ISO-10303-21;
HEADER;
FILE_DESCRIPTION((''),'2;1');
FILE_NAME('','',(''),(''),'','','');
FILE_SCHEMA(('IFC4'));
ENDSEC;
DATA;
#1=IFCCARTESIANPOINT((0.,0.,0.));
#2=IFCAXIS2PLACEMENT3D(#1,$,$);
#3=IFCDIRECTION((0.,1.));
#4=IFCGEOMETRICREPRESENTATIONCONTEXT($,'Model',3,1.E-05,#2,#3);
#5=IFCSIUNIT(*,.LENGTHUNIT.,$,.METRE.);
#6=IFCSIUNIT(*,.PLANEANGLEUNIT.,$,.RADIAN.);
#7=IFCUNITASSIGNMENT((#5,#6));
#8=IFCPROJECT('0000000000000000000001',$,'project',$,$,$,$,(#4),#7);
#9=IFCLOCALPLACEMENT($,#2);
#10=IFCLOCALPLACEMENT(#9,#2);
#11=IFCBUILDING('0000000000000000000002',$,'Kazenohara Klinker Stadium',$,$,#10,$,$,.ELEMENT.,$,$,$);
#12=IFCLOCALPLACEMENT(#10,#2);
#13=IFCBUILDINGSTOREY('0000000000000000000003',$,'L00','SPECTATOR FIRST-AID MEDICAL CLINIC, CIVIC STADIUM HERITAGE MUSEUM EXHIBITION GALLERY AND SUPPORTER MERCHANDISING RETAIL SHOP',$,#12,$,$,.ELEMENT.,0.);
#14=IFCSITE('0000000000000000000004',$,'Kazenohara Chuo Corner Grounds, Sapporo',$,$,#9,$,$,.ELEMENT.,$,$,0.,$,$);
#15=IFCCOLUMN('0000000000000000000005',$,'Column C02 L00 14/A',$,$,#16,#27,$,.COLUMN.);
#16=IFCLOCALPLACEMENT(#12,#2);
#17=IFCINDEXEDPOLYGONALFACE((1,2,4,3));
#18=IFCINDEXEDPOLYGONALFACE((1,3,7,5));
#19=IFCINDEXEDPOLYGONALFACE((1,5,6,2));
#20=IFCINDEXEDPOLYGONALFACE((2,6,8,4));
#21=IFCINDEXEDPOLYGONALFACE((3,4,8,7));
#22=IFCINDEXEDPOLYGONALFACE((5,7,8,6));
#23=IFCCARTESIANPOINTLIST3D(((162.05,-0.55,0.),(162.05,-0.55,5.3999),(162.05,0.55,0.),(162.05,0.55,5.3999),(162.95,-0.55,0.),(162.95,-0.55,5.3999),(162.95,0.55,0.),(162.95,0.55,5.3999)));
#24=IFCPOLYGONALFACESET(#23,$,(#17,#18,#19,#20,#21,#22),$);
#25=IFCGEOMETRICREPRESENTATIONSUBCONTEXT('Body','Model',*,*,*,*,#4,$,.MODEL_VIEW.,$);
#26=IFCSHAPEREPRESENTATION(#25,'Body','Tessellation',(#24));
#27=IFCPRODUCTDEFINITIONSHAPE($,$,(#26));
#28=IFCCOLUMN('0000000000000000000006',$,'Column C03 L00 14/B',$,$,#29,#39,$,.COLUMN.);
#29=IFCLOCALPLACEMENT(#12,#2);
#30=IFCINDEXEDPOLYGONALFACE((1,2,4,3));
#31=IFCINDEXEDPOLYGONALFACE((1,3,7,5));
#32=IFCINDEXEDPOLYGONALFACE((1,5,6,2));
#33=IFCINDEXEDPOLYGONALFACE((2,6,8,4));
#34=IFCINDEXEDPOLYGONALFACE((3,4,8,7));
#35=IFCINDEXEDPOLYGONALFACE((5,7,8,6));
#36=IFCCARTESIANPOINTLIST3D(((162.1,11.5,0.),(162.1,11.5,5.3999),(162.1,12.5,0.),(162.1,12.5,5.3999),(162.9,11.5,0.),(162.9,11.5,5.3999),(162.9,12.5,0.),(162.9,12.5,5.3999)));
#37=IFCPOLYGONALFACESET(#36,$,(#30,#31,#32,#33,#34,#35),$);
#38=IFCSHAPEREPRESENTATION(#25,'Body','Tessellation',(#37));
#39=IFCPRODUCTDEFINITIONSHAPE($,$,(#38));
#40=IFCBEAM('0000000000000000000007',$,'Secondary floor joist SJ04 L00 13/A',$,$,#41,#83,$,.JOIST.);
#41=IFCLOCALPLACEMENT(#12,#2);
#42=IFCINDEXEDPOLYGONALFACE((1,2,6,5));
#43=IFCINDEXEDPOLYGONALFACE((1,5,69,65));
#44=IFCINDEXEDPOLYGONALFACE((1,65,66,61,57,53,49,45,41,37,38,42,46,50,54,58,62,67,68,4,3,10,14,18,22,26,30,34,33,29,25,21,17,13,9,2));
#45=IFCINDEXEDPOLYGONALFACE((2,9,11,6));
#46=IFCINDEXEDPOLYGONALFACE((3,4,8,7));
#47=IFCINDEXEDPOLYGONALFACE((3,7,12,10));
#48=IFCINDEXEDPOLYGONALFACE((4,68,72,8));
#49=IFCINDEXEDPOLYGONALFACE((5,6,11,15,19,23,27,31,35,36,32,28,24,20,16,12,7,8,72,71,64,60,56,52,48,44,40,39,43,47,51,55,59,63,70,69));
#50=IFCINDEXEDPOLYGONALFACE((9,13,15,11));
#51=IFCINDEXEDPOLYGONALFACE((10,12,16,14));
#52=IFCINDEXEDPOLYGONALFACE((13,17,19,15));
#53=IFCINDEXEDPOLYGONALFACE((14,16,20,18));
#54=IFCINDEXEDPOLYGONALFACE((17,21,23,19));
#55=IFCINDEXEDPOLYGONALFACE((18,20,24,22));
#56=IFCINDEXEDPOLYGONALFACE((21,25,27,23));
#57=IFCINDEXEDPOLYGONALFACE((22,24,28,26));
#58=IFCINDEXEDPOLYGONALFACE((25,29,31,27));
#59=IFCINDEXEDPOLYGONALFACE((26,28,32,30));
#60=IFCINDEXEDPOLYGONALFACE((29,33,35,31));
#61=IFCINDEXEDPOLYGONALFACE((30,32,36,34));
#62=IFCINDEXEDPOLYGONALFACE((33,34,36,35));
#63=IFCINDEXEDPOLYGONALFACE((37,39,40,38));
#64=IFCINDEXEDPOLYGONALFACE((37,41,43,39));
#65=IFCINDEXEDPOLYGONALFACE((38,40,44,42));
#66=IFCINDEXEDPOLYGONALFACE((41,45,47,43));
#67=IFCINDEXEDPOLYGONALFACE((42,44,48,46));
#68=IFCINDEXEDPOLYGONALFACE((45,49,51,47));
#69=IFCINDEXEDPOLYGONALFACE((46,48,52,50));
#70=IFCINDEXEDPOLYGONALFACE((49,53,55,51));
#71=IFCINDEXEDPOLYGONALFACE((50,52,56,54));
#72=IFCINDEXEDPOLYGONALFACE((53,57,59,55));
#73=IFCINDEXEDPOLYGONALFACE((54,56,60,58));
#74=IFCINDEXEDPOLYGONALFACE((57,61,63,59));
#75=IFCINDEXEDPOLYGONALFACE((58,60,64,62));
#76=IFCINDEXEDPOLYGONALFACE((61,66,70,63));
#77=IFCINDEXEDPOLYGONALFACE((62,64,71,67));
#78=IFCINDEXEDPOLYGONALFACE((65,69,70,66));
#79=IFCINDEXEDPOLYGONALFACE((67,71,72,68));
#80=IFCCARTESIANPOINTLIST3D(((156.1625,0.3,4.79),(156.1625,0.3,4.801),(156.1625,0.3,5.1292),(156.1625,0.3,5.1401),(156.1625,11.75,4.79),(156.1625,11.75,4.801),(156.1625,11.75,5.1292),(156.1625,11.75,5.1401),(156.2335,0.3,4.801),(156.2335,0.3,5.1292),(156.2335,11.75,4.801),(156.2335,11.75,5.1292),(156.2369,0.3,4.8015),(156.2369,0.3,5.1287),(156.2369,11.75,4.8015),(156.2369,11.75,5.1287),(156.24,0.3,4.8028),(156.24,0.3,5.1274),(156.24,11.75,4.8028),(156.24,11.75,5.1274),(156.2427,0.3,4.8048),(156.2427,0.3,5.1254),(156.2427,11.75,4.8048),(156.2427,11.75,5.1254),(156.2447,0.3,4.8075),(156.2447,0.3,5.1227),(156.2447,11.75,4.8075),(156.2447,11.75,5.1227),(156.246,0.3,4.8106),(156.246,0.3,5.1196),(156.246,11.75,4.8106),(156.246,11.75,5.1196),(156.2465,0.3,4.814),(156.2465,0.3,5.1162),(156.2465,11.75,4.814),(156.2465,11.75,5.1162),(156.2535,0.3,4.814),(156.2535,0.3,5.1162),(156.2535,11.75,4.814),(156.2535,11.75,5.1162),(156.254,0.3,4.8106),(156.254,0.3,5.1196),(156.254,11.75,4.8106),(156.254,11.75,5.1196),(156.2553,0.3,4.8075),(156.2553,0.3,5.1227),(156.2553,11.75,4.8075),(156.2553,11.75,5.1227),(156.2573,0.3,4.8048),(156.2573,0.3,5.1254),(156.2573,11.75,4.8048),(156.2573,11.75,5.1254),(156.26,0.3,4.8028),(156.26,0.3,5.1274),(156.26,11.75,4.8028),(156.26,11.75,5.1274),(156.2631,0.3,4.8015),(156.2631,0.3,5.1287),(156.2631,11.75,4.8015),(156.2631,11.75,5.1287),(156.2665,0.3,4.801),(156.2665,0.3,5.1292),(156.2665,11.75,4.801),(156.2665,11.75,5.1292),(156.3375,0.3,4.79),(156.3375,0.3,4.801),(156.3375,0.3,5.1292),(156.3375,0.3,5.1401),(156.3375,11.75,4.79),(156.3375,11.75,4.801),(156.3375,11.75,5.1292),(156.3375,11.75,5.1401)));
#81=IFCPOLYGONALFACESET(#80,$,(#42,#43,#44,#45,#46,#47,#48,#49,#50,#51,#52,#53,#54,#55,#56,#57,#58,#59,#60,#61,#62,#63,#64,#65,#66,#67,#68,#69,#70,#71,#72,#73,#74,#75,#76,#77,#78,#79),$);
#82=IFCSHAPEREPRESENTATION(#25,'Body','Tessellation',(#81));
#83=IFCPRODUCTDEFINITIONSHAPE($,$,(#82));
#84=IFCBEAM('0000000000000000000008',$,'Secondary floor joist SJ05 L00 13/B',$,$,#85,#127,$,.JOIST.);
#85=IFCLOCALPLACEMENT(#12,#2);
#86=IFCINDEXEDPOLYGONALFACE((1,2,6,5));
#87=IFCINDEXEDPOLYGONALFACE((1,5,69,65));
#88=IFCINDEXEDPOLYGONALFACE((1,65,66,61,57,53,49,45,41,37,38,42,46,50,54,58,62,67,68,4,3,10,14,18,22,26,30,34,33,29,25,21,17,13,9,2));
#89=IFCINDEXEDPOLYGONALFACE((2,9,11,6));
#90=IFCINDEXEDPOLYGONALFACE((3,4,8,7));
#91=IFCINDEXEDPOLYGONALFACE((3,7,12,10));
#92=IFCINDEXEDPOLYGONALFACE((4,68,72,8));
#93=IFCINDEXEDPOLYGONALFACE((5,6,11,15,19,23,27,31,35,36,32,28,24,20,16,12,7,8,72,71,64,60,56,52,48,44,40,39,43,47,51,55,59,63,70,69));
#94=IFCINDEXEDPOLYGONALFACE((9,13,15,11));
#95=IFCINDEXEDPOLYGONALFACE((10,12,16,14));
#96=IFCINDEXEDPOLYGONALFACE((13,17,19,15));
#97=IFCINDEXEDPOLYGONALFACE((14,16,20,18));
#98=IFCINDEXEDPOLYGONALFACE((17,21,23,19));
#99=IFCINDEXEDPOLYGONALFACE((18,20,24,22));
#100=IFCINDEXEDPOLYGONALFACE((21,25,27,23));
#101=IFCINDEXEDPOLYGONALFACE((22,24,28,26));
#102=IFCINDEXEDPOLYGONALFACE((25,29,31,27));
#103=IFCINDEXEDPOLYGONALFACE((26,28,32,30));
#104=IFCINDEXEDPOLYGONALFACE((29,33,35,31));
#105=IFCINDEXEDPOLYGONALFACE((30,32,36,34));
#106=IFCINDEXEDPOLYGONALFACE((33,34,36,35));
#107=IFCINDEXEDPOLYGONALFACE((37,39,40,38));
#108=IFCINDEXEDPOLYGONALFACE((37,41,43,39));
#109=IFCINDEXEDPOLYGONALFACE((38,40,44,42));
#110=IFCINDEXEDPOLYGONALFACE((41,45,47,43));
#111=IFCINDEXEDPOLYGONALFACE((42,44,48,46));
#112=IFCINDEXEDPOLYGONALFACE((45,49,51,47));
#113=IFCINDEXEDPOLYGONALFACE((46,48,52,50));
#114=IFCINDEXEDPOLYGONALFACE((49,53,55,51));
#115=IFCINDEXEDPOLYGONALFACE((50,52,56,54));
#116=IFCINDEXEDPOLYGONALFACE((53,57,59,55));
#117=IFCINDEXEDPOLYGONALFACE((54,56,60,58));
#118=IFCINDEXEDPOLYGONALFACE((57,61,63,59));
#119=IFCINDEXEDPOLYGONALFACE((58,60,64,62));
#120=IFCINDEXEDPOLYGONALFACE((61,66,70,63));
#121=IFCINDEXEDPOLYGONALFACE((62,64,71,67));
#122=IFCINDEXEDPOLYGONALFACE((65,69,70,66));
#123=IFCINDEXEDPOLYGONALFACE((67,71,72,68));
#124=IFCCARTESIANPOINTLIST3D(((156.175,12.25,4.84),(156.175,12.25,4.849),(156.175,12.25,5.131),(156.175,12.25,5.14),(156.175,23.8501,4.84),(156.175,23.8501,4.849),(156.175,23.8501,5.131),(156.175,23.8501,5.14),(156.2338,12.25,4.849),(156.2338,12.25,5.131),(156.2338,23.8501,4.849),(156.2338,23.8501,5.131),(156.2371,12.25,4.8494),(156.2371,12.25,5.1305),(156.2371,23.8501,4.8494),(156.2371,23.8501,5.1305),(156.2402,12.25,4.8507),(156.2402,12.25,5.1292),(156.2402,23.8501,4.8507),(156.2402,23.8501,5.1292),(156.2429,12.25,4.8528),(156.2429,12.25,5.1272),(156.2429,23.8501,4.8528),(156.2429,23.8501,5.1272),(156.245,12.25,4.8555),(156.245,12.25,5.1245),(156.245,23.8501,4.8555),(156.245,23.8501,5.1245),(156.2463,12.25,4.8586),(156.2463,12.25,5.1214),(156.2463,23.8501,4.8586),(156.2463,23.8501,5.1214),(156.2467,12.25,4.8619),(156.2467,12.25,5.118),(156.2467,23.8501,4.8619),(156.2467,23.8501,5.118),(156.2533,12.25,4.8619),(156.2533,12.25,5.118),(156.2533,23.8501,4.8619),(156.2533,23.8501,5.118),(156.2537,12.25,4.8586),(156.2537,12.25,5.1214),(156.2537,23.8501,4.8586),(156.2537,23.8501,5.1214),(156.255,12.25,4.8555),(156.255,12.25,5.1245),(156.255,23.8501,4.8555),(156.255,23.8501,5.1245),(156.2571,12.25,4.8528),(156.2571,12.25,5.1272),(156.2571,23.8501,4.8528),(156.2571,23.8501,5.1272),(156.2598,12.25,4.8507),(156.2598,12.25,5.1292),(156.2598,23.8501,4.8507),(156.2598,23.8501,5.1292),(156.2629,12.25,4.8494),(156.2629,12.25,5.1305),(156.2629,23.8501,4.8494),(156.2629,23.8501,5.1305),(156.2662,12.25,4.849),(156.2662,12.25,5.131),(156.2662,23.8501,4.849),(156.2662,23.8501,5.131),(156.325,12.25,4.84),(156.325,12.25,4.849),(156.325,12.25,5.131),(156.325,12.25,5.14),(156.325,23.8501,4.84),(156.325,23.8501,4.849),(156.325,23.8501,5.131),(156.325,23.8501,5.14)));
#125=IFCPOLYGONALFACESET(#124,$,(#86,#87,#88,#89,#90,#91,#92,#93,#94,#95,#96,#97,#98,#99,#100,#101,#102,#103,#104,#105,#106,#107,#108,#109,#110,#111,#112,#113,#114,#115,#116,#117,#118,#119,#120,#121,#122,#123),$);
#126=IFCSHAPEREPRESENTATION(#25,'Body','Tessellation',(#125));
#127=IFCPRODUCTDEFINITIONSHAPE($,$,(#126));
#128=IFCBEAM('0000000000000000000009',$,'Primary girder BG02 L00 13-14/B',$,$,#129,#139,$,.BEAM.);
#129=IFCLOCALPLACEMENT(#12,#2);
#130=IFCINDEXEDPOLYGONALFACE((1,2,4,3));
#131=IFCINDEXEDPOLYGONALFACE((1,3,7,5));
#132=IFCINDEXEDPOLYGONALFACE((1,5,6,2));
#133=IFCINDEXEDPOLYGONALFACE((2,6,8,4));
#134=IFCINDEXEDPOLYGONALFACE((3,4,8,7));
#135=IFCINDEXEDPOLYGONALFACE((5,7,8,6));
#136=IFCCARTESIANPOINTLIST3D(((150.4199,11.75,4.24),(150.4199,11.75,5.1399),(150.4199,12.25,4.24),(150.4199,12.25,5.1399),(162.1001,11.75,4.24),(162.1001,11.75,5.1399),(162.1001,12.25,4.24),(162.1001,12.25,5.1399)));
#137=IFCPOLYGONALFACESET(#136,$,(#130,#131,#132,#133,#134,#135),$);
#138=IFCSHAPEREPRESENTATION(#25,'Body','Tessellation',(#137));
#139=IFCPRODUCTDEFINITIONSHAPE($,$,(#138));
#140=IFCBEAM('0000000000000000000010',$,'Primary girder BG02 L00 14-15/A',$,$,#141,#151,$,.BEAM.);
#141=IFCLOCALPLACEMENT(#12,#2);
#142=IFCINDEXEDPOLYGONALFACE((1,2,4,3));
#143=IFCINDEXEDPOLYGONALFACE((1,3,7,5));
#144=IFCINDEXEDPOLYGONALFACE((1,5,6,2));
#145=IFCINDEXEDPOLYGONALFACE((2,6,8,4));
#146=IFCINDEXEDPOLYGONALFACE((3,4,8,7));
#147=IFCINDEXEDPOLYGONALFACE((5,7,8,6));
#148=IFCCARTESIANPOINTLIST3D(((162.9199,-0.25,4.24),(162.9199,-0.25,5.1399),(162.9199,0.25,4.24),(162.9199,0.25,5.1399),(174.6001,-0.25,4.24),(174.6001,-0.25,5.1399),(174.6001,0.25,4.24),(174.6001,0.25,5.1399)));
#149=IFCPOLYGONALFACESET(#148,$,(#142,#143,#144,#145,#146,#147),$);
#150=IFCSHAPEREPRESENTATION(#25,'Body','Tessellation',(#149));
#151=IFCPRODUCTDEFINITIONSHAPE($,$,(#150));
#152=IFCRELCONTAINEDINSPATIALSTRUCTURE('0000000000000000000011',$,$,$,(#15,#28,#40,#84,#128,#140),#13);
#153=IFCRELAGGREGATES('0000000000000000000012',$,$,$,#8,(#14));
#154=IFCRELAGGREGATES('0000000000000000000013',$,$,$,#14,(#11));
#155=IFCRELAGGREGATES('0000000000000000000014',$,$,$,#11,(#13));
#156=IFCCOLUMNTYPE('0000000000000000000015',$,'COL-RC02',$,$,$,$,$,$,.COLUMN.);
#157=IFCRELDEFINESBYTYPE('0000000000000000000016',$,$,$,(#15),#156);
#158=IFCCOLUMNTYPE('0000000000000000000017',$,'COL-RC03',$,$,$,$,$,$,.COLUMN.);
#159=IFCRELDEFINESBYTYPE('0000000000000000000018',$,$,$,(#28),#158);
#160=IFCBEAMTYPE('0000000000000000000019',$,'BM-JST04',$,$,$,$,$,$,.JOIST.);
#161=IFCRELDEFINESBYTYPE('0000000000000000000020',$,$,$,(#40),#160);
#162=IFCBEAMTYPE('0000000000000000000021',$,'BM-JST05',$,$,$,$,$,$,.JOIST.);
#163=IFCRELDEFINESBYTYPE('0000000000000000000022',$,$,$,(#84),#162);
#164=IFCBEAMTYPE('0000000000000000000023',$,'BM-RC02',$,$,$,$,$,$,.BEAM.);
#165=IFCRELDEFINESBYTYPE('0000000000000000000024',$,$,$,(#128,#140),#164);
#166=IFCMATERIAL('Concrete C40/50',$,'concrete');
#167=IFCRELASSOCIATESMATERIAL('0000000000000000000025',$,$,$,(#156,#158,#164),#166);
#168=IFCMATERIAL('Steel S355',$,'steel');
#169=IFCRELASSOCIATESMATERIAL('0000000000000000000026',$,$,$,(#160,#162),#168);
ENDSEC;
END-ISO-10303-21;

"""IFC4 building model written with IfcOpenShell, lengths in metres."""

from ifc_helpers import new_model, si_unit, direction, frame, origin, origin_2d, place, context, subcontext, project, spatial, rectangle, i_section, extrude, material, material_profile, profile_set, type_object, element, save


model = new_model("IFC4")

# Units and contexts
model_context = context("Model", 3, precision=1e-05, world=origin(), true_north=direction((0.0, 1.0)))
body_context = subcontext(model_context, "Body", "Model", "MODEL_VIEW")
ifc_project = project(units=[si_unit("LENGTHUNIT", "METRE"), si_unit("PLANEANGLEUNIT", "RADIAN")], contexts=[model_context])

# Site, building, storey
site_placement = place(None, origin())
site = spatial("IfcSite", under=ifc_project, at=site_placement, Name="Kazenohara Chuo Corner Grounds, Sapporo", CompositionType="ELEMENT", RefElevation=0.0)
building_placement = place(site_placement, origin())
building = spatial("IfcBuilding", under=site, at=building_placement, Name="Kazenohara Klinker Stadium", CompositionType="ELEMENT")
storey_placement = place(building_placement, origin())
storey = spatial("IfcBuildingStorey", under=building, at=storey_placement, Name="L00", Description="SPECTATOR FIRST-AID MEDICAL CLINIC, CIVIC STADIUM HERITAGE MUSEUM EXHIBITION GALLERY AND SUPPORTER MERCHANDISING RETAIL SHOP", CompositionType="ELEMENT", Elevation=0.0)

# Columns
ifc_material_1 = material(Name="Concrete C40/50", Category="concrete")
ifc_material_profile_1 = material_profile(ifc_material_1, rectangle(XDim=0.8999, YDim=1.1001, at=origin_2d()), Name="RC-COL-1100x900")
ifc_profile_set_1 = profile_set([ifc_material_profile_1], Name="Concrete C40/50")
column_type_1 = type_object("IfcColumnType", Name="COL-RC02", PredefinedType="COLUMN", material=ifc_profile_set_1)
column_1_placement = place(storey_placement, frame((162.5, 0.0, 0.0), z_axis=(0.0, 0.0, 1.0), x_axis=(1.0, 0.0, 0.0)))
element("IfcColumn", 1, at=column_1_placement, inside=storey, type_object=column_type_1, Name="Column C02 L00 14/A", PredefinedType="COLUMN", context=body_context, shape_type="SweptSolid", body=[
    extrude(rectangle(XDim=0.8999, YDim=1.1001, at=origin_2d()), origin(), (0.0, 0.0, 1.0), 5.3999),
])
ifc_material_profile_2 = material_profile(ifc_material_1, rectangle(XDim=0.8, YDim=1.0, at=origin_2d()), Name="RC-COL-1000x800")
ifc_profile_set_2 = profile_set([ifc_material_profile_2], Name="Concrete C40/50")
column_type_2 = type_object("IfcColumnType", Name="COL-RC03", PredefinedType="COLUMN", material=ifc_profile_set_2)
column_2_placement = place(storey_placement, frame((162.5, 12.0, 0.0), z_axis=(0.0, 0.0, 1.0), x_axis=(1.0, 0.0, 0.0)))
element("IfcColumn", 2, at=column_2_placement, inside=storey, type_object=column_type_2, Name="Column C03 L00 14/B", PredefinedType="COLUMN", context=body_context, shape_type="SweptSolid", body=[
    extrude(rectangle(XDim=0.8, YDim=1.0, at=origin_2d()), origin(), (0.0, 0.0, 1.0), 5.3999),
])

# Beams
ifc_material_2 = material(Name="Steel S355", Category="steel")
ifc_material_profile_3 = material_profile(ifc_material_2, i_section(OverallWidth=0.175, OverallDepth=0.3501, WebThickness=0.0071, FlangeThickness=0.011, FilletRadius=0.0129, at=origin_2d()), Name="H-350x175x7x11")
ifc_profile_set_3 = profile_set([ifc_material_profile_3], Name="Steel S355")
beam_type_1 = type_object("IfcBeamType", Name="BM-JST04", PredefinedType="JOIST", material=ifc_profile_set_3)
beam_1_placement = place(storey_placement, frame((156.25, 0.3, 4.9651), z_axis=(0.0, 1.0, 0.0), x_axis=(-1.0, 0.0, 0.0)))
element("IfcBeam", 3, at=beam_1_placement, inside=storey, type_object=beam_type_1, Name="Secondary floor joist SJ04 L00 13/A", PredefinedType="JOIST", context=body_context, shape_type="SweptSolid", body=[
    extrude(i_section(OverallWidth=0.175, OverallDepth=0.3501, WebThickness=0.0071, FlangeThickness=0.011, FilletRadius=0.0129, at=origin_2d()), origin(), (0.0, 0.0, 1.0), 11.45),
])
ifc_material_profile_4 = material_profile(ifc_material_2, i_section(OverallWidth=0.1499, OverallDepth=0.3, WebThickness=0.0066, FlangeThickness=0.009, FilletRadius=0.0129, at=origin_2d()), Name="H-300x150x6.5x9")
ifc_profile_set_4 = profile_set([ifc_material_profile_4], Name="Steel S355")
beam_type_2 = type_object("IfcBeamType", Name="BM-JST05", PredefinedType="JOIST", material=ifc_profile_set_4)
beam_2_placement = place(storey_placement, frame((156.25, 12.25, 4.99), z_axis=(0.0, 1.0, 0.0), x_axis=(-1.0, 0.0, 0.0)))
element("IfcBeam", 4, at=beam_2_placement, inside=storey, type_object=beam_type_2, Name="Secondary floor joist SJ05 L00 13/B", PredefinedType="JOIST", context=body_context, shape_type="SweptSolid", body=[
    extrude(i_section(OverallWidth=0.1499, OverallDepth=0.3, WebThickness=0.0066, FlangeThickness=0.009, FilletRadius=0.0129, at=origin_2d()), origin(), (0.0, 0.0, 1.0), 11.6001),
])
ifc_material_profile_5 = material_profile(ifc_material_1, rectangle(XDim=0.5, YDim=0.8999, at=origin_2d()), Name="RC-BM-500x900")
ifc_profile_set_5 = profile_set([ifc_material_profile_5], Name="Concrete C40/50")
beam_type_3 = type_object("IfcBeamType", Name="BM-RC02", PredefinedType="BEAM", material=ifc_profile_set_5)
for number, where, z_axis, x_axis, name in (
    (5, (150.4199, 12.0, 4.6899), (1.0, 0.0, 0.0), (0.0, 1.0, 0.0), "Primary girder BG02 L00 13-14/B"),
    (6, (162.9199, 0.0, 4.6899), (1.0, 0.0, 0.0), (0.0, 1.0, 0.0), "Primary girder BG02 L00 14-15/A"),
):
    element("IfcBeam", number, at=place(storey_placement, frame(where, z_axis=z_axis, x_axis=x_axis)), inside=storey, type_object=beam_type_3, Name=name, PredefinedType="BEAM", context=body_context, shape_type="SweptSolid", body=[
        extrude(rectangle(XDim=0.5, YDim=0.8999, at=origin_2d()), origin(), (0.0, 0.0, 1.0), 11.6802),
    ])

save(model, "model.ifc")
